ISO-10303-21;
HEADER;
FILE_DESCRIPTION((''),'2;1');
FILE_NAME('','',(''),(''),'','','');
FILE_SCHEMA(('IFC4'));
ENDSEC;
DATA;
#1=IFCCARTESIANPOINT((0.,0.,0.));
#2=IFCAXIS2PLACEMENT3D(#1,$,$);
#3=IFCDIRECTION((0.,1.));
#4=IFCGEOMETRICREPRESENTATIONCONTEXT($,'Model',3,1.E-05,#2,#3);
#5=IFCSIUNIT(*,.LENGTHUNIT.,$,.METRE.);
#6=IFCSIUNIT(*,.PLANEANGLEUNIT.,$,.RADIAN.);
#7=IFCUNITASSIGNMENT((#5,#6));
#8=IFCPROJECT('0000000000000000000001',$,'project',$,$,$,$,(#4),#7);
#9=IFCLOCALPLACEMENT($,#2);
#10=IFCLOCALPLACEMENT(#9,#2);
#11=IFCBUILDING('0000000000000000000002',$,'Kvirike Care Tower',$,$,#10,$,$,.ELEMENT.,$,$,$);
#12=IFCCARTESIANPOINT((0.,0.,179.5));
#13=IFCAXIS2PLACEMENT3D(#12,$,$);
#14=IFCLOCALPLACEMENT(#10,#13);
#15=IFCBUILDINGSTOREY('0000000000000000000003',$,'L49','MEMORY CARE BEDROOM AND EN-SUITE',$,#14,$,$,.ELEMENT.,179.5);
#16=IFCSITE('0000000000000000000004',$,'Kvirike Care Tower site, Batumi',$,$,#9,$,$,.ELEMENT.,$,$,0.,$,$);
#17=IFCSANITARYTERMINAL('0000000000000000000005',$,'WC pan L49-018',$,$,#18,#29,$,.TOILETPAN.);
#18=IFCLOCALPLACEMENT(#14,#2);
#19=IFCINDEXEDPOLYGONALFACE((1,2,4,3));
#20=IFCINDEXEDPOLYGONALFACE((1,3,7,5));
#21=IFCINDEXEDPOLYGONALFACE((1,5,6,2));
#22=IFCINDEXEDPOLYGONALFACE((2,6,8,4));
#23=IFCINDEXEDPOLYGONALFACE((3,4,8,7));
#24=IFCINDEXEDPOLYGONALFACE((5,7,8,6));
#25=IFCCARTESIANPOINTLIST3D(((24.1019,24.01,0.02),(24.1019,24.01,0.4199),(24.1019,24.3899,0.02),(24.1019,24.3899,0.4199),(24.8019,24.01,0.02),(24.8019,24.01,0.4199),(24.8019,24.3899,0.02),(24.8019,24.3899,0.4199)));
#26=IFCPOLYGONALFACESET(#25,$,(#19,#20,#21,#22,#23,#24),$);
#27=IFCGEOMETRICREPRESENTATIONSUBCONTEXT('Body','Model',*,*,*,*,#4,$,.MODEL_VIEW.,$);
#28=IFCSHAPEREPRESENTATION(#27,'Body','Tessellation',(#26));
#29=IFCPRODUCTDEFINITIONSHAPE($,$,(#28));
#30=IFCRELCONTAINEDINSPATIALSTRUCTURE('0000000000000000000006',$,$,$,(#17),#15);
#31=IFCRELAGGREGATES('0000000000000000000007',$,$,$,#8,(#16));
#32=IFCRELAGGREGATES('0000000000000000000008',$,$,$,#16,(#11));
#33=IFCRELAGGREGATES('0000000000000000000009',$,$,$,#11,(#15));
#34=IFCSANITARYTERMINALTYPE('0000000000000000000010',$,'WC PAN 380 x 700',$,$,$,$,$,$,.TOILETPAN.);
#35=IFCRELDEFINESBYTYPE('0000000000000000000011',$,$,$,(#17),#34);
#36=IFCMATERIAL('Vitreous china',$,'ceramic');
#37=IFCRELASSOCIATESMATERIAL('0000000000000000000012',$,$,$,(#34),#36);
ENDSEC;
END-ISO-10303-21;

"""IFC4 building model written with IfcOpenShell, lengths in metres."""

from ifc_helpers import new_model, si_unit, direction, frame, origin, origin_2d, place, context, subcontext, project, spatial, rectangle, extrude, material, type_object, element, save


model = new_model("IFC4")

# Units and contexts
model_context = context("Model", 3, precision=1e-05, world=origin(), true_north=direction((0.0, 1.0)))
body_context = subcontext(model_context, "Body", "Model", "MODEL_VIEW")
ifc_project = project(units=[si_unit("LENGTHUNIT", "METRE"), si_unit("PLANEANGLEUNIT", "RADIAN")], contexts=[model_context])

# Site, building, storey
site_placement = place(None, origin())
site = spatial("IfcSite", under=ifc_project, at=site_placement, Name="Kvirike Care Tower site, Batumi", CompositionType="ELEMENT", RefElevation=0.0)
building_placement = place(site_placement, origin())
building = spatial("IfcBuilding", under=site, at=building_placement, Name="Kvirike Care Tower", CompositionType="ELEMENT")
storey_placement = place(building_placement, frame((0.0, 0.0, 179.5)))
storey = spatial("IfcBuildingStorey", under=building, at=storey_placement, Name="L49", Description="MEMORY CARE BEDROOM AND EN-SUITE", CompositionType="ELEMENT", Elevation=179.5)

# Sanitary terminal
ifc_material_1 = material(Name="Vitreous china", Category="ceramic")
sanitary_terminal_type_1 = type_object("IfcSanitaryTerminalType", Name="WC PAN 380 x 700", PredefinedType="TOILETPAN", material=ifc_material_1)
sanitary_terminal_1_placement = place(storey_placement, frame((24.4519, 24.2, 0.02), z_axis=(0.0, 0.0, 1.0), x_axis=(0.0, 1.0, 0.0)))
element("IfcSanitaryTerminal", 1, at=sanitary_terminal_1_placement, inside=storey, type_object=sanitary_terminal_type_1, Name="WC pan L49-018", PredefinedType="TOILETPAN", context=body_context, shape_type="SweptSolid", body=[
    extrude(rectangle(XDim=0.3799, YDim=0.7, at=origin_2d()), origin(), (0.0, 0.0, 1.0), 0.3999),
])

save(model, "model.ifc")
